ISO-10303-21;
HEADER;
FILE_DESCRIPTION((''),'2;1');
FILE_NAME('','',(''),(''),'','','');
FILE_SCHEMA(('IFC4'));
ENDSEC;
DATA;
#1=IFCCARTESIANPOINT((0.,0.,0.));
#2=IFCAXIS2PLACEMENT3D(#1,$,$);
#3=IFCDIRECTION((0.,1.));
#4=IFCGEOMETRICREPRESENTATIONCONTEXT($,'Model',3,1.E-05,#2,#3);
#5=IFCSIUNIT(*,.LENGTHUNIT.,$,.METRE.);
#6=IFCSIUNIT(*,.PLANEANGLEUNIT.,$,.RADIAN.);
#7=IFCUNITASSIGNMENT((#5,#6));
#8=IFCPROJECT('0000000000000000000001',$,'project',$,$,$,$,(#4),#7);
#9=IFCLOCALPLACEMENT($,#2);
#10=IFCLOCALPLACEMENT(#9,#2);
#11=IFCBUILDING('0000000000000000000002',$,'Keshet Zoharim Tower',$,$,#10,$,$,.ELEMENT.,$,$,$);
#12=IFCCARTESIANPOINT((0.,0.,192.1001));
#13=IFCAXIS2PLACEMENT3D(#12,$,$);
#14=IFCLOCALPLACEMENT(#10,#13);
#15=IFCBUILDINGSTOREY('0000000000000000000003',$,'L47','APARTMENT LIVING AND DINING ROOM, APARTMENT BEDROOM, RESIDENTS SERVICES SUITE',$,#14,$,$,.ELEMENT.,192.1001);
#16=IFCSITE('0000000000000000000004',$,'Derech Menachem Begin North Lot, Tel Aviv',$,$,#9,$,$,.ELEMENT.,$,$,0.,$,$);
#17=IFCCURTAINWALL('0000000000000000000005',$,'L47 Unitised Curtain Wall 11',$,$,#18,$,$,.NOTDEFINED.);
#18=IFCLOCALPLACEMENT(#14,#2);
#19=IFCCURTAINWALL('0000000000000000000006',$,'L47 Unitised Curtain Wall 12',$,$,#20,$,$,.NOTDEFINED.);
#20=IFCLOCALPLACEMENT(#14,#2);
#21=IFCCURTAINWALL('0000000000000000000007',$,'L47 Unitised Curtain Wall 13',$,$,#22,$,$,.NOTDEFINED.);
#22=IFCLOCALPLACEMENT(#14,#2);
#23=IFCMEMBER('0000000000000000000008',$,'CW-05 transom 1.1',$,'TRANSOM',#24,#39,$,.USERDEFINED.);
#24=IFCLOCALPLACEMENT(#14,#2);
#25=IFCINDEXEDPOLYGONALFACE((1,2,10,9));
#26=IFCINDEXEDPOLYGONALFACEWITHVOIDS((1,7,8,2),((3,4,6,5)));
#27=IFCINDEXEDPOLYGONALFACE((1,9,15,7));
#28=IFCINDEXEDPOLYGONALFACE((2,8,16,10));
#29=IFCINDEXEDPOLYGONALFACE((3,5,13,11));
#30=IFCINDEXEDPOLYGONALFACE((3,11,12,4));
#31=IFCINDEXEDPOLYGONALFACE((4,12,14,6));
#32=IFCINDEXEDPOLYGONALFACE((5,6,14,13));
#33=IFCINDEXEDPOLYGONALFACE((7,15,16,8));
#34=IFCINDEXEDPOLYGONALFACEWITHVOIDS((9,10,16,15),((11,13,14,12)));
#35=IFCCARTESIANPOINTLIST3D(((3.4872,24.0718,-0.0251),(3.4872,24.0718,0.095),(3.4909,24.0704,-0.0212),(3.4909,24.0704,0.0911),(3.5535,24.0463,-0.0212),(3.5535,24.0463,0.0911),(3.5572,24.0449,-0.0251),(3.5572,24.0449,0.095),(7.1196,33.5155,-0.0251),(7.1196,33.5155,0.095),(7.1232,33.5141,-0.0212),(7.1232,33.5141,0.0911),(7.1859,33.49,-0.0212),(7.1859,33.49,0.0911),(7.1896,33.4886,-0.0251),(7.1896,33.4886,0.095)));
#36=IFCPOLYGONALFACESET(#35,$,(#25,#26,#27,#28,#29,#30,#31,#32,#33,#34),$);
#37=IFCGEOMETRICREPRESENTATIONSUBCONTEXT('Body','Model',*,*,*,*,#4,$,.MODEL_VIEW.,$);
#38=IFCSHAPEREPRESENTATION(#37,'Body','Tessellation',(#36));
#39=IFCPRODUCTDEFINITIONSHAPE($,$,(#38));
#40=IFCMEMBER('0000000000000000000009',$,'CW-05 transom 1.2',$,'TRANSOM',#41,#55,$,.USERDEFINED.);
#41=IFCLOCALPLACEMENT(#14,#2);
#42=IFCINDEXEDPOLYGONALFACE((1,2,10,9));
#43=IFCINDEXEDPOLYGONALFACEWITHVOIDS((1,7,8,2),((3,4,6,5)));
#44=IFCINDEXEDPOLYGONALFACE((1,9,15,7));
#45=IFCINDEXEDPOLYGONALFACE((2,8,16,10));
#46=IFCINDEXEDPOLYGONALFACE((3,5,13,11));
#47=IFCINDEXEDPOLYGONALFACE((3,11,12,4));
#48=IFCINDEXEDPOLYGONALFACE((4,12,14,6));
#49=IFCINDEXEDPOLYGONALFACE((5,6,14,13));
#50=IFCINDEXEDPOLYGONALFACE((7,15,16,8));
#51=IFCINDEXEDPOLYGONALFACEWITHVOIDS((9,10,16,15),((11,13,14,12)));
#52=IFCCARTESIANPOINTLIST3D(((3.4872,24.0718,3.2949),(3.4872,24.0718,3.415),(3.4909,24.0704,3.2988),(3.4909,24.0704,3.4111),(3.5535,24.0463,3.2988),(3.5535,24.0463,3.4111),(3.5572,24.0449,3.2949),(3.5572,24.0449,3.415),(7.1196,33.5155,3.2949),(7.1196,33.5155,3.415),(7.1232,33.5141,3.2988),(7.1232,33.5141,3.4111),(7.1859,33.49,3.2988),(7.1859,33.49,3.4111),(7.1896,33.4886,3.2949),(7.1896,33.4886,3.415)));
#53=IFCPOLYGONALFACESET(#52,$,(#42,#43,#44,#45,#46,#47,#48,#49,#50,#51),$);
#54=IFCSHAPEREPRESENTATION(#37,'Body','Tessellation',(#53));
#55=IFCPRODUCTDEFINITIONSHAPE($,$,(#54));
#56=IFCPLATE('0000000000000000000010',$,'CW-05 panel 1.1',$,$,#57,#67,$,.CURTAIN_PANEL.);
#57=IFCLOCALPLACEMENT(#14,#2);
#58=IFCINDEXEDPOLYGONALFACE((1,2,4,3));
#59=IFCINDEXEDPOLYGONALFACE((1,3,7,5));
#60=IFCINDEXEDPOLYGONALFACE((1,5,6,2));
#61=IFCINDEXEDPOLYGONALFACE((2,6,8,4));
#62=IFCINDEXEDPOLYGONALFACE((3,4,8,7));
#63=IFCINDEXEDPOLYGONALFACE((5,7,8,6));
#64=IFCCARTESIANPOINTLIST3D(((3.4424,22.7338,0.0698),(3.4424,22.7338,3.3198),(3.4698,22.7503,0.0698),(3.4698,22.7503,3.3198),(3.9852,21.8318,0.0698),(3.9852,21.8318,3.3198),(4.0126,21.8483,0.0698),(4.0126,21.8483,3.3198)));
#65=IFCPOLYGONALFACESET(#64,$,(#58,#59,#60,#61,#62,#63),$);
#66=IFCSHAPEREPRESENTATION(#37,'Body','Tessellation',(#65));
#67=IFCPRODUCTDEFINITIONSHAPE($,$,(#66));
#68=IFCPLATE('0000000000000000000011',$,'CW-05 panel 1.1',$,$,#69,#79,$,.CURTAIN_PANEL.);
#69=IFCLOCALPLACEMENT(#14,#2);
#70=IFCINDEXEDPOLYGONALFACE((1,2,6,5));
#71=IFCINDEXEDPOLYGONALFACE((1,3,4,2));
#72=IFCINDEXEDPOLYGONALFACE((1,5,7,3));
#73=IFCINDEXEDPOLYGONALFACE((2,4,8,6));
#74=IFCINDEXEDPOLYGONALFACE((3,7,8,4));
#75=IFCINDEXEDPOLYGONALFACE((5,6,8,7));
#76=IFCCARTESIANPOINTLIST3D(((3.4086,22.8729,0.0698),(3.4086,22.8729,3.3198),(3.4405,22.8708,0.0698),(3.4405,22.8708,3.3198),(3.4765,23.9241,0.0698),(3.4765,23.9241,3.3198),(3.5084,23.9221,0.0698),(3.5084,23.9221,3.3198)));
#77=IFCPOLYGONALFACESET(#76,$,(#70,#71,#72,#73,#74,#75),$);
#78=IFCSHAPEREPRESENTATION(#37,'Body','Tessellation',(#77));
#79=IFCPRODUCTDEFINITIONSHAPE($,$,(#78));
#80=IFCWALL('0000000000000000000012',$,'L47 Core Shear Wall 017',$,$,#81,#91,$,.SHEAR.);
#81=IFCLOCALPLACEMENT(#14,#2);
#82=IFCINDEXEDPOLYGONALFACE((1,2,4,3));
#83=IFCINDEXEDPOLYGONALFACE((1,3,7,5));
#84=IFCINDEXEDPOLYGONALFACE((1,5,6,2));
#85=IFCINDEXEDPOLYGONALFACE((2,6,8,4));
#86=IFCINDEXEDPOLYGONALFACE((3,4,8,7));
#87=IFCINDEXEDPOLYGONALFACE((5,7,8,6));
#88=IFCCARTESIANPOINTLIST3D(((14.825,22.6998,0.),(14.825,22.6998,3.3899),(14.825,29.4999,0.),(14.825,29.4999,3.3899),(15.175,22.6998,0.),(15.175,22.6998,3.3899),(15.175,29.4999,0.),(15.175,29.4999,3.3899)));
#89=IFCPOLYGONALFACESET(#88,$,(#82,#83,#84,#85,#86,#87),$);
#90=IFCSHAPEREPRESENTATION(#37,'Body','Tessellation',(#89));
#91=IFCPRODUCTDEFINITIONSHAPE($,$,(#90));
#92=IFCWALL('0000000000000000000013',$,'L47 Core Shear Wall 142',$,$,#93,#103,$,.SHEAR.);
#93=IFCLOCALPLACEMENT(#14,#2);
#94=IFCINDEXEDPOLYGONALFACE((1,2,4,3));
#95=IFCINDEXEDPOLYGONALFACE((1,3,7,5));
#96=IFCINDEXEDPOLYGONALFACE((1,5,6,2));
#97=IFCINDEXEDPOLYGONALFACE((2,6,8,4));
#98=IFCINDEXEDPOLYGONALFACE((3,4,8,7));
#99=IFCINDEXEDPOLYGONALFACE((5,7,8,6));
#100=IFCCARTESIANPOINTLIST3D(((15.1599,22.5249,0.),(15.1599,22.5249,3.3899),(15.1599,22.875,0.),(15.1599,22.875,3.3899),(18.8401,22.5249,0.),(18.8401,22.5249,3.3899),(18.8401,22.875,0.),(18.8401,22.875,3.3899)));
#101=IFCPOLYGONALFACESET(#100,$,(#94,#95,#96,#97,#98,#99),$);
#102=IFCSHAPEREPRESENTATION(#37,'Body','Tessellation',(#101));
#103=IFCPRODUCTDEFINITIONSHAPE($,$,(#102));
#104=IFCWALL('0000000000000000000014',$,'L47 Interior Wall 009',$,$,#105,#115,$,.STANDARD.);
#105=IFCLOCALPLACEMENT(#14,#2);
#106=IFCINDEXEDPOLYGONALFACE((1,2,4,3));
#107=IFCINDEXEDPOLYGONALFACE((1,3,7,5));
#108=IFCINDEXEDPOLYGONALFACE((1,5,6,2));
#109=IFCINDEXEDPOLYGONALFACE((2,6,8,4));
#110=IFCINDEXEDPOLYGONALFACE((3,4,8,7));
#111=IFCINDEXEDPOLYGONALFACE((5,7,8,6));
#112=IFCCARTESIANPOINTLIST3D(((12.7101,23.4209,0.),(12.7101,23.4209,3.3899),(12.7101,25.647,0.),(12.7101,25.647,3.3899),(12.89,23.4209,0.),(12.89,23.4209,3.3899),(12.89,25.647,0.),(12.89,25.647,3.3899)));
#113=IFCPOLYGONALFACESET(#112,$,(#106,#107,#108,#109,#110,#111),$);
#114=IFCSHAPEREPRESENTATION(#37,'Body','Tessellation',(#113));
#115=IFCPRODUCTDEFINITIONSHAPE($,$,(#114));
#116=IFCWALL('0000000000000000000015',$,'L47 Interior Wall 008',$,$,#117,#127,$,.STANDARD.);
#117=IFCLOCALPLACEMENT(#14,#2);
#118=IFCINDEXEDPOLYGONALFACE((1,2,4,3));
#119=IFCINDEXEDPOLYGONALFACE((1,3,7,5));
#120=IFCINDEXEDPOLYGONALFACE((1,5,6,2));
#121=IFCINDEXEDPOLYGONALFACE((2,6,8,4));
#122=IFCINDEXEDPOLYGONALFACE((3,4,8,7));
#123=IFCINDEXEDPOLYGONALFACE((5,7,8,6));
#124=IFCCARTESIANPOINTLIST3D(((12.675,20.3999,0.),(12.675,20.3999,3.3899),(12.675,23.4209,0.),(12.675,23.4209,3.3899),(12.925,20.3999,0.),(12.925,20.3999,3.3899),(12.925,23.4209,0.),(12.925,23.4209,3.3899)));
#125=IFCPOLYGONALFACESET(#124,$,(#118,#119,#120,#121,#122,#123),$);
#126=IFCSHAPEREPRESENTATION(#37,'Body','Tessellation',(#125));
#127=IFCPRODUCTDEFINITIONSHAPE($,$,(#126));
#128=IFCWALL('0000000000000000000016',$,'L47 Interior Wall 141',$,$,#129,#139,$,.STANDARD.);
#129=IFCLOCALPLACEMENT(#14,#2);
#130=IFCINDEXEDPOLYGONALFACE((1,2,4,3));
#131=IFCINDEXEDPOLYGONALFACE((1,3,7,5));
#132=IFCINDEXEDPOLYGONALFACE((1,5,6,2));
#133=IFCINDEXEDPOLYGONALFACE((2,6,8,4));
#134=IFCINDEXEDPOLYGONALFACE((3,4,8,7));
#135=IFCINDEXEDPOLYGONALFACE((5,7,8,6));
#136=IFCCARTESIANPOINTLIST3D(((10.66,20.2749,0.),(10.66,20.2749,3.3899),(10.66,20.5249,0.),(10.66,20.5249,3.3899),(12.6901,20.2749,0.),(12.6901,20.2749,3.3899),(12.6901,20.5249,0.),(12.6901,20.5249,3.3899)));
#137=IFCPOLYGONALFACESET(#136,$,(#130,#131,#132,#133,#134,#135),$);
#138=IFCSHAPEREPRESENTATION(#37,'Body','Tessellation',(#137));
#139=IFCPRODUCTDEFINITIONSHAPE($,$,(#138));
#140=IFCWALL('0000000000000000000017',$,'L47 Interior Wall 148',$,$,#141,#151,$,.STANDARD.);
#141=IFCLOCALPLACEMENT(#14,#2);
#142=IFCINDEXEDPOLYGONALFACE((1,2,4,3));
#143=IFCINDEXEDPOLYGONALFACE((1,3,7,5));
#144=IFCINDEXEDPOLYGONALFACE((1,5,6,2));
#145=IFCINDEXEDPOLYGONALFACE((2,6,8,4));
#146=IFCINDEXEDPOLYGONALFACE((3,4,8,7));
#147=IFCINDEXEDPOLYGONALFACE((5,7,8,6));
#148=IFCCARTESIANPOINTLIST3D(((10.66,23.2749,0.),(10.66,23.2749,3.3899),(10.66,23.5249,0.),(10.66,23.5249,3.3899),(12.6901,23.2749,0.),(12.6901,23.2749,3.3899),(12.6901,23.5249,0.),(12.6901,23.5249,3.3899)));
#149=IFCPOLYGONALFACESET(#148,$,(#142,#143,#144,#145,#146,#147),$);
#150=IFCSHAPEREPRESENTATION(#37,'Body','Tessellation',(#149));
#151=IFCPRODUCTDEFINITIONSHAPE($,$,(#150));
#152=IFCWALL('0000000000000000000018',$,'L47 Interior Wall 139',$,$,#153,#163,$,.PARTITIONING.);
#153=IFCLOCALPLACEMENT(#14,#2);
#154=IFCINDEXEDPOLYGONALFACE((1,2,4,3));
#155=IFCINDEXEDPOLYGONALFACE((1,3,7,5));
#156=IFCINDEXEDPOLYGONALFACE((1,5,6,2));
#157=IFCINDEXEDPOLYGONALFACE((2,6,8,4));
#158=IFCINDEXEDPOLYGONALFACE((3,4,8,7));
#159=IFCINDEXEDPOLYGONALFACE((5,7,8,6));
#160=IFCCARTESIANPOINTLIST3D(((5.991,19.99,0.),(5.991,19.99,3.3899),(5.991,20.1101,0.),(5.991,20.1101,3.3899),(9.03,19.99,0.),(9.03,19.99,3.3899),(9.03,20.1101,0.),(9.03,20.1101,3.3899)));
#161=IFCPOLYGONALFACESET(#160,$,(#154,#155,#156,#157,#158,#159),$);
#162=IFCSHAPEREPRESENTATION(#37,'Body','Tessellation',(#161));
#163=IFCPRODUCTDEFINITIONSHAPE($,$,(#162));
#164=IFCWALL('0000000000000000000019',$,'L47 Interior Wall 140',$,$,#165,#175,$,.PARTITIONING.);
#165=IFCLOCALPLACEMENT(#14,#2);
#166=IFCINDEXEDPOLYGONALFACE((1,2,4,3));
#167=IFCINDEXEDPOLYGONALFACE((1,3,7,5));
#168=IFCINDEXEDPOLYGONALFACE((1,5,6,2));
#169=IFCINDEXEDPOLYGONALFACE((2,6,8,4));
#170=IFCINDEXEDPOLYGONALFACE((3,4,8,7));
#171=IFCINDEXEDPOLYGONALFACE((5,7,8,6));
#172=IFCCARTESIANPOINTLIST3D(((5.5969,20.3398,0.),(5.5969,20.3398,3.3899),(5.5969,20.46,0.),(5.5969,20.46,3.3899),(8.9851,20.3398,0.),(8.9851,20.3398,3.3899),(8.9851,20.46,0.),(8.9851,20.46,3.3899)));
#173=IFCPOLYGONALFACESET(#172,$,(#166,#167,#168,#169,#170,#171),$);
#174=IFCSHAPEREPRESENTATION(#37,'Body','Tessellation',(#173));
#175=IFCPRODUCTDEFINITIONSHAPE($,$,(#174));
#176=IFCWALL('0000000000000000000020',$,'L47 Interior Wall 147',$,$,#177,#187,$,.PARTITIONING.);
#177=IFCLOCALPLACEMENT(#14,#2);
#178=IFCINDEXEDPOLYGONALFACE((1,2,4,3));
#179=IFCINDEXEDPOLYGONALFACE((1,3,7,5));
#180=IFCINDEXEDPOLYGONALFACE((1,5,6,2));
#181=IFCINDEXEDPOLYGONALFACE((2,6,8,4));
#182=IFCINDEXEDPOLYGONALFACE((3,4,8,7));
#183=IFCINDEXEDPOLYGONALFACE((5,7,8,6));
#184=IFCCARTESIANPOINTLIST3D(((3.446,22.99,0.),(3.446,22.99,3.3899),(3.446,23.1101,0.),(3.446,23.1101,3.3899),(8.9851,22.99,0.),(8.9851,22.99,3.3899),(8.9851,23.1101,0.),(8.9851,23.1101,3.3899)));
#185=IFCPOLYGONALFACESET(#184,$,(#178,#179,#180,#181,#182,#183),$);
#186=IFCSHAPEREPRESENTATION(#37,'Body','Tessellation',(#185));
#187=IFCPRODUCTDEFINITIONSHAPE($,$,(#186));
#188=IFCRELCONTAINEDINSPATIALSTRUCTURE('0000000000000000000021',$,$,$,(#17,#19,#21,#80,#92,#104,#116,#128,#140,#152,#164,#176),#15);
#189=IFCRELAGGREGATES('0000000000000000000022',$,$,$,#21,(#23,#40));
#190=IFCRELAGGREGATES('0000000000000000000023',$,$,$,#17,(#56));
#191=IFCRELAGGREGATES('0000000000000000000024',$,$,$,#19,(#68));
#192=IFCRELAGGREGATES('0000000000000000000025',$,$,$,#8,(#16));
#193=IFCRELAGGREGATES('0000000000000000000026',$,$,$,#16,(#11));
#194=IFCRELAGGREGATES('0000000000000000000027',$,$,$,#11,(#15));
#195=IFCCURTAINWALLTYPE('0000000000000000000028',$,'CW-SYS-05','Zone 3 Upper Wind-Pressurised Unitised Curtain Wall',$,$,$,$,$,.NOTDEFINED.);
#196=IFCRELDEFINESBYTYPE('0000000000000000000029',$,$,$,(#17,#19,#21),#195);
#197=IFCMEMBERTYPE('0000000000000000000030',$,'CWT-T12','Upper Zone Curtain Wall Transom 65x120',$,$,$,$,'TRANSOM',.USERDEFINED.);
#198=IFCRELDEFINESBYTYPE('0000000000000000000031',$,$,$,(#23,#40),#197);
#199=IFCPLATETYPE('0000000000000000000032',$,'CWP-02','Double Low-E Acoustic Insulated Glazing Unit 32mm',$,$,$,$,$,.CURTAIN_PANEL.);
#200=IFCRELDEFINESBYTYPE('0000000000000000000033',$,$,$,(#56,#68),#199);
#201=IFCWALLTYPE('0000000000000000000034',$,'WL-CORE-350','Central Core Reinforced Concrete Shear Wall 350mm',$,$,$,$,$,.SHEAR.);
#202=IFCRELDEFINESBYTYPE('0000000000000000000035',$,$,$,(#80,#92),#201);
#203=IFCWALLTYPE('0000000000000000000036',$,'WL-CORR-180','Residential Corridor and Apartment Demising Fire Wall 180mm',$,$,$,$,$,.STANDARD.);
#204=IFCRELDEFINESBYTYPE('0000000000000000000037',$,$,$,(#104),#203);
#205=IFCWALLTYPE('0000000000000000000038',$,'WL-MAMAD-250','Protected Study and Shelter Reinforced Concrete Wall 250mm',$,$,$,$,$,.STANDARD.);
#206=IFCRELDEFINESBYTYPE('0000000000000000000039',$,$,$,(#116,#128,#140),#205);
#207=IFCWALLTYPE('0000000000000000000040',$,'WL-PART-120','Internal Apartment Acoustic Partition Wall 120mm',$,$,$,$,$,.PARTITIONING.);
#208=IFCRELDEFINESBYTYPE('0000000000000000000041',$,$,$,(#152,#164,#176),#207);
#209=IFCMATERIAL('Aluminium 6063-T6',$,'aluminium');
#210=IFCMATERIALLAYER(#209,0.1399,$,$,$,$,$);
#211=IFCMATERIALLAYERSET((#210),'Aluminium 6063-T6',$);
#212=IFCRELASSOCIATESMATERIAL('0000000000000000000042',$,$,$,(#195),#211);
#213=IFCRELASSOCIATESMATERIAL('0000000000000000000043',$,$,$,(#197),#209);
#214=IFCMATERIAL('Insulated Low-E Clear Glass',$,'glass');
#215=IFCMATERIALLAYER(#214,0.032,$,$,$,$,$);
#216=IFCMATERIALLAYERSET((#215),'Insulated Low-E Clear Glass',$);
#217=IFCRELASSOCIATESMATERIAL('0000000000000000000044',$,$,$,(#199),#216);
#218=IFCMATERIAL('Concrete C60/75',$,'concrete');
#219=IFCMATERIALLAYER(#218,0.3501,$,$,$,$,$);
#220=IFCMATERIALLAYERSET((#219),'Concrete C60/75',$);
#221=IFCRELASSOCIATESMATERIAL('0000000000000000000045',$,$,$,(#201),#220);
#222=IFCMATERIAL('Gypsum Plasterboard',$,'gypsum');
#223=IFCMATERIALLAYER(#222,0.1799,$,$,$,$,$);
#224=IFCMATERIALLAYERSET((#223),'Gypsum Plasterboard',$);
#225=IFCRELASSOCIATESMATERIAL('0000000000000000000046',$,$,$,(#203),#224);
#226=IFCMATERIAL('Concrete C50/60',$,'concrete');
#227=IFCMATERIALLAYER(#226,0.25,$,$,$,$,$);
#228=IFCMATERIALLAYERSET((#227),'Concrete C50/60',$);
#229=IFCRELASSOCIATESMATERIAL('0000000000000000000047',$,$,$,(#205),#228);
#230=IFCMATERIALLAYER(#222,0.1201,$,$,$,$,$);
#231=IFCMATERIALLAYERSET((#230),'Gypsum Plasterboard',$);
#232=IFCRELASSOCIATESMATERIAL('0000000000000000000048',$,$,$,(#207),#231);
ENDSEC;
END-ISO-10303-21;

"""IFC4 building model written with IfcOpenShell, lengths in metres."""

from ifc_helpers import new_model, si_unit, direction, frame, frame_2d, origin, origin_2d, place, context, subcontext, project, spatial, rectangle, hollow_rectangle, extrude, material, layer, layer_set, material_profile, profile_set, type_object, element, aggregate, save


model = new_model("IFC4")

# Units and contexts
model_context = context("Model", 3, precision=1e-05, world=origin(), true_north=direction((0.0, 1.0)))
body_context = subcontext(model_context, "Body", "Model", "MODEL_VIEW")
ifc_project = project(units=[si_unit("LENGTHUNIT", "METRE"), si_unit("PLANEANGLEUNIT", "RADIAN")], contexts=[model_context])

# Site, building, storey
site_placement = place(None, origin())
site = spatial("IfcSite", under=ifc_project, at=site_placement, Name="Derech Menachem Begin North Lot, Tel Aviv", CompositionType="ELEMENT", RefElevation=0.0)
building_placement = place(site_placement, origin())
building = spatial("IfcBuilding", under=site, at=building_placement, Name="Keshet Zoharim Tower", CompositionType="ELEMENT")
storey_placement = place(building_placement, frame((0.0, 0.0, 192.1001)))
storey = spatial("IfcBuildingStorey", under=building, at=storey_placement, Name="L47", Description="APARTMENT LIVING AND DINING ROOM, APARTMENT BEDROOM, RESIDENTS SERVICES SUITE", CompositionType="ELEMENT", Elevation=192.1001)

# Shared definitions
ifc_material_1 = material(Name="Concrete C60/75", Category="concrete")

# Shared definitions
ifc_material_2 = material(Name="Aluminium 6063-T6", Category="aluminium")
ifc_layer_1 = layer(ifc_material_2, 0.1399)
ifc_layer_set_1 = layer_set([ifc_layer_1], Name="Aluminium 6063-T6")
curtain_wall_type = type_object("IfcCurtainWallType", Name="CW-SYS-05", Description="Zone 3 Upper Wind-Pressurised Unitised Curtain Wall", PredefinedType="NOTDEFINED", material=ifc_layer_set_1)

# Curtain walls
curtain_wall_1_placement = place(storey_placement, origin())
curtain_wall_1 = element("IfcCurtainWall", 1, at=curtain_wall_1_placement, inside=storey, type_object=curtain_wall_type, Name="L47 Unitised Curtain Wall 11", PredefinedType="NOTDEFINED")
curtain_wall_2_placement = place(storey_placement, origin())
curtain_wall_2 = element("IfcCurtainWall", 2, at=curtain_wall_2_placement, inside=storey, type_object=curtain_wall_type, Name="L47 Unitised Curtain Wall 12", PredefinedType="NOTDEFINED")

# Curtain wall
curtain_wall_3_placement = place(storey_placement, origin())
curtain_wall_3 = element("IfcCurtainWall", 3, at=curtain_wall_3_placement, inside=storey, type_object=curtain_wall_type, Name="L47 Unitised Curtain Wall 13", PredefinedType="NOTDEFINED")

# Members
ifc_material_profile_1 = material_profile(ifc_material_2, hollow_rectangle(XDim=0.075, YDim=0.1201, WallThickness=0.0039, at=origin_2d()), Name="TRN-75x120")
ifc_profile_set_1 = profile_set([ifc_material_profile_1], Name="Aluminium 6063-T6")
member_type_1 = type_object("IfcMemberType", Name="CWT-T12", Description="Upper Zone Curtain Wall Transom 65x120", ElementType="TRANSOM", PredefinedType="USERDEFINED", material=ifc_profile_set_1)
member_1_placement = place(storey_placement, frame((3.5222, 24.0583, 0.0349), z_axis=(0.358994, 0.93334, 0.0), x_axis=(-0.93334, 0.358994, 0.0)))
member_1 = element("IfcMember", 4, at=member_1_placement, type_object=member_type_1, Name="CW-05 transom 1.1", ObjectType="TRANSOM", PredefinedType="USERDEFINED", context=body_context, shape_type="SweptSolid", body=[
    extrude(hollow_rectangle(XDim=0.075, YDim=0.1201, WallThickness=0.0039, at=origin_2d()), origin(), (0.0, 0.0, 1.0), 10.1182),
])
member_2_placement = place(storey_placement, frame((3.5222, 24.0583, 3.355), z_axis=(0.358994, 0.93334, 0.0), x_axis=(-0.93334, 0.358994, 0.0)))
member_2 = element("IfcMember", 5, at=member_2_placement, type_object=member_type_1, Name="CW-05 transom 1.2", ObjectType="TRANSOM", PredefinedType="USERDEFINED", context=body_context, shape_type="SweptSolid", body=[
    extrude(hollow_rectangle(XDim=0.075, YDim=0.1201, WallThickness=0.0039, at=origin_2d()), origin(), (0.0, 0.0, 1.0), 10.1182),
])
aggregate(curtain_wall_3, [member_1, member_2])

# Plates
ifc_material_3 = material(Name="Insulated Low-E Clear Glass", Category="glass")
ifc_layer_2 = layer(ifc_material_3, 0.032)
ifc_layer_set_2 = layer_set([ifc_layer_2], Name="Insulated Low-E Clear Glass")
plate_type = type_object("IfcPlateType", Name="CWP-02", Description="Double Low-E Acoustic Insulated Glazing Unit 32mm", PredefinedType="CURTAIN_PANEL", material=ifc_layer_set_2)
plate_1_placement = place(storey_placement, frame((3.7275, 22.291, 0.0698), z_axis=(0.0, 0.0, 1.0), x_axis=(-0.515605, 0.856826, 0.0)))
plate_1 = element("IfcPlate", 6, at=plate_1_placement, type_object=plate_type, Name="CW-05 panel 1.1", PredefinedType="CURTAIN_PANEL", context=body_context, shape_type="SweptSolid", body=[
    extrude(rectangle(XDim=1.0527, YDim=0.032, at=origin_2d()), origin(), (0.0, 0.0, 1.0), 3.25),
])
aggregate(curtain_wall_1, [plate_1])
plate_2_placement = place(storey_placement, frame((3.4585, 23.3975, 0.0698), z_axis=(0.0, 0.0, 1.0), x_axis=(0.064517, 0.997917, 0.0)))
plate_2 = element("IfcPlate", 7, at=plate_2_placement, type_object=plate_type, Name="CW-05 panel 1.1", PredefinedType="CURTAIN_PANEL", context=body_context, shape_type="SweptSolid", body=[
    extrude(rectangle(XDim=1.0535, YDim=0.032, at=origin_2d()), origin(), (0.0, 0.0, 1.0), 3.25),
])
aggregate(curtain_wall_2, [plate_2])

# Walls
ifc_layer_3 = layer(ifc_material_1, 0.3501)
ifc_layer_set_3 = layer_set([ifc_layer_3], Name="Concrete C60/75")
wall_type_1 = type_object("IfcWallType", Name="WL-CORE-350", Description="Central Core Reinforced Concrete Shear Wall 350mm", PredefinedType="SHEAR", material=ifc_layer_set_3)
wall_1_placement = place(storey_placement, frame((15.0, 22.7, 0.0), z_axis=(0.0, 0.0, 1.0), x_axis=(0.0, 1.0, 0.0)))
element("IfcWall", 8, at=wall_1_placement, inside=storey, type_object=wall_type_1, Name="L47 Core Shear Wall 017", PredefinedType="SHEAR", context=body_context, shape_type="SweptSolid", body=[
    extrude(rectangle(XDim=6.8, YDim=0.3501, at=frame_2d((3.3999, 0.0))), origin(), (0.0, 0.0, 1.0), 3.3899),
])
wall_2_placement = place(storey_placement, frame((15.1599, 22.7, 0.0), z_axis=(0.0, 0.0, 1.0), x_axis=(1.0, 0.0, 0.0)))
element("IfcWall", 9, at=wall_2_placement, inside=storey, type_object=wall_type_1, Name="L47 Core Shear Wall 142", PredefinedType="SHEAR", context=body_context, shape_type="SweptSolid", body=[
    extrude(rectangle(XDim=3.6802, YDim=0.3501, at=frame_2d((1.8401, 0.0))), origin(), (0.0, 0.0, 1.0), 3.3899),
])
ifc_material_4 = material(Name="Gypsum Plasterboard", Category="gypsum")
ifc_layer_4 = layer(ifc_material_4, 0.1799)
ifc_layer_set_4 = layer_set([ifc_layer_4], Name="Gypsum Plasterboard")
wall_type_2 = type_object("IfcWallType", Name="WL-CORR-180", Description="Residential Corridor and Apartment Demising Fire Wall 180mm", PredefinedType="STANDARD", material=ifc_layer_set_4)
wall_3_placement = place(storey_placement, frame((12.8, 23.4209, 0.0), z_axis=(0.0, 0.0, 1.0), x_axis=(0.0, 1.0, 0.0)))
element("IfcWall", 10, at=wall_3_placement, inside=storey, type_object=wall_type_2, Name="L47 Interior Wall 009", PredefinedType="STANDARD", context=body_context, shape_type="SweptSolid", body=[
    extrude(rectangle(XDim=2.2261, YDim=0.1799, at=frame_2d((1.113, 0.0))), origin(), (0.0, 0.0, 1.0), 3.3899),
])

# Shared definitions
ifc_material_5 = material(Name="Concrete C50/60", Category="concrete")
ifc_layer_5 = layer(ifc_material_5, 0.25)
ifc_layer_set_5 = layer_set([ifc_layer_5], Name="Concrete C50/60")
wall_type_3 = type_object("IfcWallType", Name="WL-MAMAD-250", Description="Protected Study and Shelter Reinforced Concrete Wall 250mm", PredefinedType="STANDARD", material=ifc_layer_set_5)

# Walls
wall_4_placement = place(storey_placement, frame((12.8, 20.3999, 0.0), z_axis=(0.0, 0.0, 1.0), x_axis=(0.0, 1.0, 0.0)))
element("IfcWall", 11, at=wall_4_placement, inside=storey, type_object=wall_type_3, Name="L47 Interior Wall 008", PredefinedType="STANDARD", context=body_context, shape_type="SweptSolid", body=[
    extrude(rectangle(XDim=3.021, YDim=0.25, at=frame_2d((1.5105, 0.0))), origin(), (0.0, 0.0, 1.0), 3.3899),
])
for number, where, z_axis, x_axis, name in (
    (12, (10.6599, 20.3999, 0.0), (0.0, 0.0, 1.0), (1.0, 0.0, 0.0), "L47 Interior Wall 141"),
    (13, (10.6599, 23.3999, 0.0), (0.0, 0.0, 1.0), (1.0, 0.0, 0.0), "L47 Interior Wall 148"),
):
    element("IfcWall", number, at=place(storey_placement, frame(where, z_axis=z_axis, x_axis=x_axis)), inside=storey, type_object=wall_type_3, Name=name, PredefinedType="STANDARD", context=body_context, shape_type="SweptSolid", body=[
        extrude(rectangle(XDim=2.03, YDim=0.25, at=frame_2d((1.0151, 0.0))), origin(), (0.0, 0.0, 1.0), 3.3899),
    ])

# Shared definitions
ifc_layer_6 = layer(ifc_material_4, 0.1201)
ifc_layer_set_6 = layer_set([ifc_layer_6], Name="Gypsum Plasterboard")
wall_type_4 = type_object("IfcWallType", Name="WL-PART-120", Description="Internal Apartment Acoustic Partition Wall 120mm", PredefinedType="PARTITIONING", material=ifc_layer_set_6)

# Walls
wall_5_placement = place(storey_placement, frame((5.991, 20.05, 0.0), z_axis=(0.0, 0.0, 1.0), x_axis=(1.0, 0.0, 0.0)))
element("IfcWall", 14, at=wall_5_placement, inside=storey, type_object=wall_type_4, Name="L47 Interior Wall 139", PredefinedType="PARTITIONING", context=body_context, shape_type="SweptSolid", body=[
    extrude(rectangle(XDim=3.0391, YDim=0.1201, at=frame_2d((1.5195, 0.0))), origin(), (0.0, 0.0, 1.0), 3.3899),
])
wall_6_placement = place(storey_placement, frame((5.5969, 20.3999, 0.0), z_axis=(0.0, 0.0, 1.0), x_axis=(1.0, 0.0, 0.0)))
element("IfcWall", 15, at=wall_6_placement, inside=storey, type_object=wall_type_4, Name="L47 Interior Wall 140", PredefinedType="PARTITIONING", context=body_context, shape_type="SweptSolid", body=[
    extrude(rectangle(XDim=3.3882, YDim=0.1201, at=frame_2d((1.6941, 0.0))), origin(), (0.0, 0.0, 1.0), 3.3899),
])
wall_7_placement = place(storey_placement, frame((3.446, 23.05, 0.0), z_axis=(0.0, 0.0, 1.0), x_axis=(1.0, 0.0, 0.0)))
element("IfcWall", 16, at=wall_7_placement, inside=storey, type_object=wall_type_4, Name="L47 Interior Wall 147", PredefinedType="PARTITIONING", context=body_context, shape_type="SweptSolid", body=[
    extrude(rectangle(XDim=5.5391, YDim=0.1201, at=frame_2d((2.7695, 0.0))), origin(), (0.0, 0.0, 1.0), 3.3899),
])

save(model, "model.ifc")
